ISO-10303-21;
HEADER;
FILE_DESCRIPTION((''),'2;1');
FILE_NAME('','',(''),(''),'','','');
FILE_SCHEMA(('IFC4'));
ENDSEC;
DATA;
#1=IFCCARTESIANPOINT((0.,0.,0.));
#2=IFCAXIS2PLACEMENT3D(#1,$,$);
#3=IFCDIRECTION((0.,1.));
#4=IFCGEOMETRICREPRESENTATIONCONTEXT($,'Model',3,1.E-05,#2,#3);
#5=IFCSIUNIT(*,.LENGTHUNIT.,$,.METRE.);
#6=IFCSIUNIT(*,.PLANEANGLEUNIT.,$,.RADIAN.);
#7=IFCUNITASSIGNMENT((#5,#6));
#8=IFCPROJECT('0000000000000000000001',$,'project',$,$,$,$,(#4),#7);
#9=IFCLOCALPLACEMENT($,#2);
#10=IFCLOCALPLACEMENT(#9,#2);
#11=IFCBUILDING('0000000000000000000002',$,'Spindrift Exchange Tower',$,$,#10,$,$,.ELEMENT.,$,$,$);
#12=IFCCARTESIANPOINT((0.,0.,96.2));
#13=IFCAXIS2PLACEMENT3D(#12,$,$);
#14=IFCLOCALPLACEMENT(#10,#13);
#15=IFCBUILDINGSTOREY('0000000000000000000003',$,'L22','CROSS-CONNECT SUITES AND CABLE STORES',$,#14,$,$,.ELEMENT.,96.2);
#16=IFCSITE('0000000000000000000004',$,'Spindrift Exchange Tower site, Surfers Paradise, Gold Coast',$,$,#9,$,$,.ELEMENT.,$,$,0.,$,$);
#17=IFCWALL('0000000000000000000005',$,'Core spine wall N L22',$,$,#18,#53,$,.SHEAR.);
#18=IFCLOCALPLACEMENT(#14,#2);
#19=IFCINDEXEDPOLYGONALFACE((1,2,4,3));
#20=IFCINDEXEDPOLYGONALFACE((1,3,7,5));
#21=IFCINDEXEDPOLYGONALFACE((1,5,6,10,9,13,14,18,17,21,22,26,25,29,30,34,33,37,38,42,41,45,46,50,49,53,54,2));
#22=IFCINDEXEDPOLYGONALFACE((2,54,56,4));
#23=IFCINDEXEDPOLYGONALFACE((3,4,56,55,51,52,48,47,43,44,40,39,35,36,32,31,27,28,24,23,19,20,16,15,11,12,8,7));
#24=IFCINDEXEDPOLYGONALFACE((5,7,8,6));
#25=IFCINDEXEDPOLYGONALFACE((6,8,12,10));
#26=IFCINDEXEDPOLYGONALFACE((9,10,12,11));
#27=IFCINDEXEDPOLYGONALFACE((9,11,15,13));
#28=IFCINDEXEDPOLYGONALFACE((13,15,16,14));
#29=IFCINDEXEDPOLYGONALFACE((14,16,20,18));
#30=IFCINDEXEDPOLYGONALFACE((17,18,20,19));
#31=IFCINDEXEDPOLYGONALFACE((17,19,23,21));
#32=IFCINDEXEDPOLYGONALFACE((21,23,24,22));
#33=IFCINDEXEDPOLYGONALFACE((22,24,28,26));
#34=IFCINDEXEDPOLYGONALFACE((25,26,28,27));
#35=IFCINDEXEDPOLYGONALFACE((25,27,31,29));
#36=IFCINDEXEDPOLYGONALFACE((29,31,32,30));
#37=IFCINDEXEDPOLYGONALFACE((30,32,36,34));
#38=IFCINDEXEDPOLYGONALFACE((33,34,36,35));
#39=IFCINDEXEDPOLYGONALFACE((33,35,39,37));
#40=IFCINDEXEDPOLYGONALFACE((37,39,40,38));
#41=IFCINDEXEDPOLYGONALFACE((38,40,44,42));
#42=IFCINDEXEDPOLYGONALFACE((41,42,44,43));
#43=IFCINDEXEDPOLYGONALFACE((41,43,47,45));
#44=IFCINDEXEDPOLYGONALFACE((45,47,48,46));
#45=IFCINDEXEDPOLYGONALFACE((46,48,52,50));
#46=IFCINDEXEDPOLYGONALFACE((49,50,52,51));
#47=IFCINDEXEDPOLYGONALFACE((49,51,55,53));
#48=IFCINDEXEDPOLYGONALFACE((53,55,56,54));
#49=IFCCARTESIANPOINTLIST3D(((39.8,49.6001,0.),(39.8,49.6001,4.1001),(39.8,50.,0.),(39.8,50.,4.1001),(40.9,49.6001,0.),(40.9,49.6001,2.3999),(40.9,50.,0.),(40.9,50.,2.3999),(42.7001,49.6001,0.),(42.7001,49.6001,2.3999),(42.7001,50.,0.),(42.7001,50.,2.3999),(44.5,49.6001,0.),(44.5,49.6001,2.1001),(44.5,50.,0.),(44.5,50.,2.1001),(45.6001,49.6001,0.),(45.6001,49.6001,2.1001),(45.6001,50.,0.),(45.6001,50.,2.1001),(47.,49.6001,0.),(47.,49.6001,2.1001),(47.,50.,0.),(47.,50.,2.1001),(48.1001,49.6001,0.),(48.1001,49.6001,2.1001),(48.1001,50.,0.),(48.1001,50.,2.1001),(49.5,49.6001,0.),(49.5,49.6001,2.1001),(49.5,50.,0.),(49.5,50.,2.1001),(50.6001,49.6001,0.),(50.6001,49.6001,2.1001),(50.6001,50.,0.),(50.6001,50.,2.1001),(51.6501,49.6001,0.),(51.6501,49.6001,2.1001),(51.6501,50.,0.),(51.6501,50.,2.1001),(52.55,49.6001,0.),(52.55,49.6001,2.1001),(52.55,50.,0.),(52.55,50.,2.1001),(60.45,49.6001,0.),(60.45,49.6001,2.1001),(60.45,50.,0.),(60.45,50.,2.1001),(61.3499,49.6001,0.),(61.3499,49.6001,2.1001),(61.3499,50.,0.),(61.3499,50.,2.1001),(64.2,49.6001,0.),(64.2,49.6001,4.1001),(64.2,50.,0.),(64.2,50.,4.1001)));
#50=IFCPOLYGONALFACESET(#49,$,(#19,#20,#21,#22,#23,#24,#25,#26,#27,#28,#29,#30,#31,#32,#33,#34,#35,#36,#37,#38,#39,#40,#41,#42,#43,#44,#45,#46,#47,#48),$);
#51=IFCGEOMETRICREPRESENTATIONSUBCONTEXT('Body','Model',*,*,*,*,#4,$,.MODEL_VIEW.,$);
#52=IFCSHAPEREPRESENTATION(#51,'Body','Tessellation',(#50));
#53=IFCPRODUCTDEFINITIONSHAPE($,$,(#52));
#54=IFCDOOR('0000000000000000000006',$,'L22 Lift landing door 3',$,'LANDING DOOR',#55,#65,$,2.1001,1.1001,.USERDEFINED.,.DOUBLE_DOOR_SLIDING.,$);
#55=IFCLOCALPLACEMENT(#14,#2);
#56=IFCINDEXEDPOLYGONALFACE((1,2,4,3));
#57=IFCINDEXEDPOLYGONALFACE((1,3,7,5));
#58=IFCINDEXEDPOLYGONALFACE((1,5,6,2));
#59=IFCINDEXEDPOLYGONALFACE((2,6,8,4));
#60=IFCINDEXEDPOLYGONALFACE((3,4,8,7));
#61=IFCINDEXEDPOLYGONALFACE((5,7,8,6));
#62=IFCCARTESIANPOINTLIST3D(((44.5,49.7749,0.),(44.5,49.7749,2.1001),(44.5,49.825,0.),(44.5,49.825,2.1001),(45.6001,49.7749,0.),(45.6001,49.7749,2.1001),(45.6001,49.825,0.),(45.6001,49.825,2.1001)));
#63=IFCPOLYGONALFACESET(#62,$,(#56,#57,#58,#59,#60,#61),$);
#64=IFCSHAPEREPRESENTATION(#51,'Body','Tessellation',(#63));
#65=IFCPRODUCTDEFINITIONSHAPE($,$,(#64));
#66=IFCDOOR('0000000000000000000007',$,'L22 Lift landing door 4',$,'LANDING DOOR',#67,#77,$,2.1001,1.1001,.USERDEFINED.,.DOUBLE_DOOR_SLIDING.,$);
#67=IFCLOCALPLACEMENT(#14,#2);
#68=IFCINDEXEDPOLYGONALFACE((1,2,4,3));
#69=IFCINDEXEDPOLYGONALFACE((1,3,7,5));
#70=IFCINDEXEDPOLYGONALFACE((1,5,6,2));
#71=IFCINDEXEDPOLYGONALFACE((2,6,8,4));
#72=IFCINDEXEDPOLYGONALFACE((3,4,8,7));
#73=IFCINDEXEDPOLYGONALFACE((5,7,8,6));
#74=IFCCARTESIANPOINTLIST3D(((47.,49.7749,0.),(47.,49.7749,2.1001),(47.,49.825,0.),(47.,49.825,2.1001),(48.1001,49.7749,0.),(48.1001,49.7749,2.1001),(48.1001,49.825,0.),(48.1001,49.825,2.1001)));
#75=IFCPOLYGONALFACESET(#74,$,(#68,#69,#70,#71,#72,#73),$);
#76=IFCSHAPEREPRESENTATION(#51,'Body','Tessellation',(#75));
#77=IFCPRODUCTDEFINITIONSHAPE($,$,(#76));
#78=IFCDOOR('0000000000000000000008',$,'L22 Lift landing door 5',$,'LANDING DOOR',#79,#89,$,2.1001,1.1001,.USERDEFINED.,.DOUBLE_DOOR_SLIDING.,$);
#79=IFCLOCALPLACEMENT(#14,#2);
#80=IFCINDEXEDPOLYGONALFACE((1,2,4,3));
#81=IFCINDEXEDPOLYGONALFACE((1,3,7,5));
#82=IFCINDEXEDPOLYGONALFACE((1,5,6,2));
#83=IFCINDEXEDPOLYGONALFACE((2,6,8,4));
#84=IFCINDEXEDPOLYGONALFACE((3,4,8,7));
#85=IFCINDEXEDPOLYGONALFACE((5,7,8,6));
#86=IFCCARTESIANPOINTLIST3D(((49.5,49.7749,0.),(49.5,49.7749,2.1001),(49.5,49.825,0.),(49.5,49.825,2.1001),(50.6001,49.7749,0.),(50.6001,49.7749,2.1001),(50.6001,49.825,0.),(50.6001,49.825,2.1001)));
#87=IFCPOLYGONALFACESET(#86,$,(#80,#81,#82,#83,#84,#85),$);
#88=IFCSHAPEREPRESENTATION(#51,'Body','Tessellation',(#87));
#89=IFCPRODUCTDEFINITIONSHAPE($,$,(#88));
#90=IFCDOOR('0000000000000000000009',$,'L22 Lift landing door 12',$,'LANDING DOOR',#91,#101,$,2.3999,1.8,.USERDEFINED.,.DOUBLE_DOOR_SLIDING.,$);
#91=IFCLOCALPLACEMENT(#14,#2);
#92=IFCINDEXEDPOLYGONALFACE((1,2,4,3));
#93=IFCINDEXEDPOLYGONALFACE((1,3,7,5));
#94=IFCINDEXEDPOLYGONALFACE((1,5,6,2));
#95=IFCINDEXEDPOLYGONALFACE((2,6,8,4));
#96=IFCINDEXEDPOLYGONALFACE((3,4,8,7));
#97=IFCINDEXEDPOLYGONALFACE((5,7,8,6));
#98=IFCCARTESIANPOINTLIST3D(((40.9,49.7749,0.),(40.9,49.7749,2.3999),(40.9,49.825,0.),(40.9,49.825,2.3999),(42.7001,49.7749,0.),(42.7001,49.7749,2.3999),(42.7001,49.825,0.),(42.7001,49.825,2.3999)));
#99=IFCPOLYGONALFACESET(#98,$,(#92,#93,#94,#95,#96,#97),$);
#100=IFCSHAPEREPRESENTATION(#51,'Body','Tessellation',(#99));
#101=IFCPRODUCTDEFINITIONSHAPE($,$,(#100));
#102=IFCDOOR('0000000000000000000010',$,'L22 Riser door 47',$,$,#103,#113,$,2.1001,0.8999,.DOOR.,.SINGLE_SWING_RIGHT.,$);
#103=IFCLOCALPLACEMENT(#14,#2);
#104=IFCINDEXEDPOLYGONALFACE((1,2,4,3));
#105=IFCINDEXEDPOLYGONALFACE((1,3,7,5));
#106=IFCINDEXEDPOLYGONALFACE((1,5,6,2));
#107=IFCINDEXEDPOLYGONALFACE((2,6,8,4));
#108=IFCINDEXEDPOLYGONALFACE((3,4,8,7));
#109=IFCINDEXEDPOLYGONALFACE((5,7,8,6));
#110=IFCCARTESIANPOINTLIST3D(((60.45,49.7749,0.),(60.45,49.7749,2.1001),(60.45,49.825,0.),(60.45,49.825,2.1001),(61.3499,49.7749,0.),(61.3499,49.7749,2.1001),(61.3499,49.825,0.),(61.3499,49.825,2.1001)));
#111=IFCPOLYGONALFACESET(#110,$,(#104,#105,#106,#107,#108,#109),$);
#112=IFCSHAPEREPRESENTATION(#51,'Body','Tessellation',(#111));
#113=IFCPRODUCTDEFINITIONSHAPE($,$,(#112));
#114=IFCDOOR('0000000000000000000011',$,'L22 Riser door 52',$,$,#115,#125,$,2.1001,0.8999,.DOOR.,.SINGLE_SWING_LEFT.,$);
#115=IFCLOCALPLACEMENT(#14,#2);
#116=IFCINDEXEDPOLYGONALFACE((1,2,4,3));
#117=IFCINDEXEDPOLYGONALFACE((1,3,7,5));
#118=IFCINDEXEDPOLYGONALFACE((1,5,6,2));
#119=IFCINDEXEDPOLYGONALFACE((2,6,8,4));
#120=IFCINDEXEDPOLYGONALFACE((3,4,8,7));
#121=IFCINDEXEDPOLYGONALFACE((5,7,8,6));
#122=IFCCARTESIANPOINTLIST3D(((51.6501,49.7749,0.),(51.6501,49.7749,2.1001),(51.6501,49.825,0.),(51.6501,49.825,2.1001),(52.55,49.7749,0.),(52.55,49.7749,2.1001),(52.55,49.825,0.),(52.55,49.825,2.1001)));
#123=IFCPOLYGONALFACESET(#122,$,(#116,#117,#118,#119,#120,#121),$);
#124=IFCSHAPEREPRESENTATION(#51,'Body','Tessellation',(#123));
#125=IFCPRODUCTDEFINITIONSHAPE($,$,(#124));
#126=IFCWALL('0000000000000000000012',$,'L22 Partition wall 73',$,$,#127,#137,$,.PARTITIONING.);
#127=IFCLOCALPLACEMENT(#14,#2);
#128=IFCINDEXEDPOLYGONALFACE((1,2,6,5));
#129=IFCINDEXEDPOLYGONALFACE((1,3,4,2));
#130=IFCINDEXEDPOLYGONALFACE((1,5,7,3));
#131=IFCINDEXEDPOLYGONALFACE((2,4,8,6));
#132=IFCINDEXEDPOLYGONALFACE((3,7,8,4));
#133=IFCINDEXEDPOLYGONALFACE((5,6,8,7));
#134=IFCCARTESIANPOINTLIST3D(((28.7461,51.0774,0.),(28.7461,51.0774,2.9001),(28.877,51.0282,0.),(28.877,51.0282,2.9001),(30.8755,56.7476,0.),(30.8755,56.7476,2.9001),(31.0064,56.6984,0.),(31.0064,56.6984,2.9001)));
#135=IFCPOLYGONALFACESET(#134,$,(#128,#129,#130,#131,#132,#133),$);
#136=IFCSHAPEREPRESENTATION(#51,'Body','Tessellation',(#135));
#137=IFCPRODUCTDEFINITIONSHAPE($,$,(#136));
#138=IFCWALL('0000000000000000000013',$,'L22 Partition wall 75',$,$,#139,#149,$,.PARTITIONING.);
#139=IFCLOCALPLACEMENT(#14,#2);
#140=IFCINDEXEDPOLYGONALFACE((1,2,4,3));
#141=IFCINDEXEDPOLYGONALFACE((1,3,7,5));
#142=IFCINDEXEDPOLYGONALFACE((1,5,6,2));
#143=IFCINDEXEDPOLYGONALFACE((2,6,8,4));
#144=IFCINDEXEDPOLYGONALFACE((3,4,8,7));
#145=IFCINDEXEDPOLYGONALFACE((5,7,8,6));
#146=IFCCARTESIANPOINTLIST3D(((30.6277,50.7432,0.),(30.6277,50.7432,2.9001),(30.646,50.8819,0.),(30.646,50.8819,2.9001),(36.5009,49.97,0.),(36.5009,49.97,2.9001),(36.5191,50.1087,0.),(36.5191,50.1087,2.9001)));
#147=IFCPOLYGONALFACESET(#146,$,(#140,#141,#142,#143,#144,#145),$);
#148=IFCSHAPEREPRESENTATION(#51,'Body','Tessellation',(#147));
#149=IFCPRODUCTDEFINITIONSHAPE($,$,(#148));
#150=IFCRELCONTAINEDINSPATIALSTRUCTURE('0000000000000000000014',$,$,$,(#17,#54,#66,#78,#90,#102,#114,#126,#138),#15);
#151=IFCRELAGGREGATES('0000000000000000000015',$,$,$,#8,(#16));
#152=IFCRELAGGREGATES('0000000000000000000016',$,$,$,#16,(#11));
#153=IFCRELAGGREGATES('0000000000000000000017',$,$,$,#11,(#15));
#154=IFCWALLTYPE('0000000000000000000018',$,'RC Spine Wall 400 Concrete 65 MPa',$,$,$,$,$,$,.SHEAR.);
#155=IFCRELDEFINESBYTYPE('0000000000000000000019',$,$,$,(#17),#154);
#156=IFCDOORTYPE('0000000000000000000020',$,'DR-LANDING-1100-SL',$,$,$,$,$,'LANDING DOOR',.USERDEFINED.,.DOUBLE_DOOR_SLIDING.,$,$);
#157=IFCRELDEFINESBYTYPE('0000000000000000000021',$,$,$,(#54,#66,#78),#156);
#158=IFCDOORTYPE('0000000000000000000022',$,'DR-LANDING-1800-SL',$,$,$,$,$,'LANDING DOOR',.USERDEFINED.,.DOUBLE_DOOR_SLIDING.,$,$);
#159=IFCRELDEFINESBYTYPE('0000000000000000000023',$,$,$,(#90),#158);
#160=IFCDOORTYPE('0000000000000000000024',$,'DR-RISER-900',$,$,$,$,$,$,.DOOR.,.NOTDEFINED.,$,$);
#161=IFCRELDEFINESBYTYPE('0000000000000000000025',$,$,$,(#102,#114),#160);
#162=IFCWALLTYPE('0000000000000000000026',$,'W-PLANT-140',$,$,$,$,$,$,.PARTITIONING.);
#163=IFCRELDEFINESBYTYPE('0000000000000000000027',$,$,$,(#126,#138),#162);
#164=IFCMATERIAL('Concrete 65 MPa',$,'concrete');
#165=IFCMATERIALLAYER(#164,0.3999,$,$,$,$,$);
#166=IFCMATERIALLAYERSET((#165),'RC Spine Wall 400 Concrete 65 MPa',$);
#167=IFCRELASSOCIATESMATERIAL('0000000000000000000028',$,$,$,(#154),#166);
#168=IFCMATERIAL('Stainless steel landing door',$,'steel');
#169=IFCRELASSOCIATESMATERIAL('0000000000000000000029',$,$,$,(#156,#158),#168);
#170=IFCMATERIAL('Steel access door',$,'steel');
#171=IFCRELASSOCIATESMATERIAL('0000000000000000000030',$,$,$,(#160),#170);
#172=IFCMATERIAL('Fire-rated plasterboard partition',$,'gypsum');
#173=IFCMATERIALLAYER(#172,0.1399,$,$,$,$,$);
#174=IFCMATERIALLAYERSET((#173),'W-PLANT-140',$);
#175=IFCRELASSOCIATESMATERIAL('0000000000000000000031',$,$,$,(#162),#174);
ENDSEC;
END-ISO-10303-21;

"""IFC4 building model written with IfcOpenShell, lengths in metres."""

from ifc_helpers import new_model, si_unit, direction, frame, frame_2d, origin, place, context, subcontext, project, spatial, rectangle, extrude, source, transform, mapped, material, layer, layer_set, type_object, element, fill, save


model = new_model("IFC4")

# Units and contexts
model_context = context("Model", 3, precision=1e-05, world=origin(), true_north=direction((0.0, 1.0)))
body_context = subcontext(model_context, "Body", "Model", "MODEL_VIEW")
ifc_project = project(units=[si_unit("LENGTHUNIT", "METRE"), si_unit("PLANEANGLEUNIT", "RADIAN")], contexts=[model_context])

# Site, building, storey
site_placement = place(None, origin())
site = spatial("IfcSite", under=ifc_project, at=site_placement, Name="Spindrift Exchange Tower site, Surfers Paradise, Gold Coast", CompositionType="ELEMENT", RefElevation=0.0)
building_placement = place(site_placement, origin())
building = spatial("IfcBuilding", under=site, at=building_placement, Name="Spindrift Exchange Tower", CompositionType="ELEMENT")
storey_placement = place(building_placement, frame((0.0, 0.0, 96.2)))
storey = spatial("IfcBuildingStorey", under=building, at=storey_placement, Name="L22", Description="CROSS-CONNECT SUITES AND CABLE STORES", CompositionType="ELEMENT", Elevation=96.2)

# Shared definitions
ifc_material_1 = material(Name="Concrete 65 MPa", Category="concrete")

# Wall, openings, doors
ifc_layer_1 = layer(ifc_material_1, 0.3999)
ifc_layer_set_1 = layer_set([ifc_layer_1], Name="RC Spine Wall 400 Concrete 65 MPa")
wall_type_1 = type_object("IfcWallType", Name="RC Spine Wall 400 Concrete 65 MPa", PredefinedType="SHEAR", material=ifc_layer_set_1)
wall_1_placement = place(storey_placement, frame((39.8, 49.8, 0.0), z_axis=(0.0, 0.0, 1.0), x_axis=(1.0, 0.0, 0.0)))
wall_1 = element("IfcWall", 1, at=wall_1_placement, inside=storey, type_object=wall_type_1, Name="Core spine wall N L22", PredefinedType="SHEAR", context=body_context, shape_type="SweptSolid", body=[
    extrude(rectangle(XDim=24.3999, YDim=0.3999, at=frame_2d((12.2, 0.0))), origin(), (0.0, 0.0, 1.0), 4.1001),
])
opening_1_placement = place(wall_1_placement, frame((4.7, 0.0, 0.0)))
opening_1 = element("IfcOpeningElement", 2, at=opening_1_placement, cuts=wall_1, PredefinedType="OPENING", context=body_context, shape_type="SweptSolid", body=[
    extrude(rectangle(XDim=1.1001, YDim=2.1001, at=frame_2d((0.55, 1.05))), frame((0.0, 0.21, 0.0), z_axis=(0.0, -1.0, 0.0), x_axis=(1.0, 0.0, 0.0)), (0.0, 0.0, 1.0), 0.4199),
])
opening_2_placement = place(wall_1_placement, frame((7.2, 0.0, 0.0)))
opening_2 = element("IfcOpeningElement", 3, at=opening_2_placement, cuts=wall_1, PredefinedType="OPENING", context=body_context, shape_type="SweptSolid", body=[
    extrude(rectangle(XDim=1.1001, YDim=2.1001, at=frame_2d((0.55, 1.05))), frame((0.0, 0.21, 0.0), z_axis=(0.0, -1.0, 0.0), x_axis=(1.0, 0.0, 0.0)), (0.0, 0.0, 1.0), 0.4199),
])
opening_3_placement = place(wall_1_placement, frame((9.7, 0.0, 0.0)))
opening_3 = element("IfcOpeningElement", 4, at=opening_3_placement, cuts=wall_1, PredefinedType="OPENING", context=body_context, shape_type="SweptSolid", body=[
    extrude(rectangle(XDim=1.1001, YDim=2.1001, at=frame_2d((0.55, 1.05))), frame((0.0, 0.21, 0.0), z_axis=(0.0, -1.0, 0.0), x_axis=(1.0, 0.0, 0.0)), (0.0, 0.0, 1.0), 0.4199),
])
opening_4_placement = place(wall_1_placement, frame((1.1001, 0.0, 0.0)))
opening_4 = element("IfcOpeningElement", 5, at=opening_4_placement, cuts=wall_1, PredefinedType="OPENING", context=body_context, shape_type="SweptSolid", body=[
    extrude(rectangle(XDim=1.8, YDim=2.3999, at=frame_2d((0.8999, 1.2))), frame((0.0, 0.21, 0.0), z_axis=(0.0, -1.0, 0.0), x_axis=(1.0, 0.0, 0.0)), (0.0, 0.0, 1.0), 0.4199),
])
opening_5_placement = place(wall_1_placement, frame((20.6499, 0.0, 0.0)))
opening_5 = element("IfcOpeningElement", 6, at=opening_5_placement, cuts=wall_1, PredefinedType="OPENING", context=body_context, shape_type="SweptSolid", body=[
    extrude(rectangle(XDim=0.8999, YDim=2.1001, at=frame_2d((0.45, 1.05))), frame((0.0, 0.21, 0.0), z_axis=(0.0, -1.0, 0.0), x_axis=(1.0, 0.0, 0.0)), (0.0, 0.0, 1.0), 0.4199),
])
opening_6_placement = place(wall_1_placement, frame((11.8501, 0.0, 0.0)))
opening_6 = element("IfcOpeningElement", 7, at=opening_6_placement, cuts=wall_1, PredefinedType="OPENING", context=body_context, shape_type="SweptSolid", body=[
    extrude(rectangle(XDim=0.8999, YDim=2.1001, at=frame_2d((0.45, 1.05))), frame((0.0, 0.21, 0.0), z_axis=(0.0, -1.0, 0.0), x_axis=(1.0, 0.0, 0.0)), (0.0, 0.0, 1.0), 0.4199),
])
ifc_material_2 = material(Name="Stainless steel landing door", Category="steel")
door_type_1 = type_object("IfcDoorType", Name="DR-LANDING-1100-SL", ElementType="LANDING DOOR", OperationType="DOUBLE_DOOR_SLIDING", PredefinedType="USERDEFINED", material=ifc_material_2)
shared_shape_1 = source(origin(), body_context, "Body", "SweptSolid", [
    extrude(rectangle(XDim=1.1001, YDim=2.1001, at=frame_2d((0.55, 1.05))), frame((0.0, 0.0249, 0.0), z_axis=(0.0, -1.0, 0.0), x_axis=(1.0, 0.0, 0.0)), (0.0, 0.0, 1.0), 0.05),
])
door_1_placement = place(opening_1_placement, origin())
door_1 = element("IfcDoor", 8, at=door_1_placement, inside=storey, type_object=door_type_1, Name="L22 Lift landing door 3", ObjectType="LANDING DOOR", OperationType="DOUBLE_DOOR_SLIDING", OverallHeight=2.1001, OverallWidth=1.1001, PredefinedType="USERDEFINED", context=body_context, shape_type="MappedRepresentation", body=[
    mapped(shared_shape_1, transform((0.0, 0.0, 0.0), scale=1.0)),
])
fill(opening_1, door_1)
door_2_placement = place(opening_2_placement, origin())
door_2 = element("IfcDoor", 9, at=door_2_placement, inside=storey, type_object=door_type_1, Name="L22 Lift landing door 4", ObjectType="LANDING DOOR", OperationType="DOUBLE_DOOR_SLIDING", OverallHeight=2.1001, OverallWidth=1.1001, PredefinedType="USERDEFINED", context=body_context, shape_type="MappedRepresentation", body=[
    mapped(shared_shape_1, transform((0.0, 0.0, 0.0), scale=1.0)),
])
fill(opening_2, door_2)
door_3_placement = place(opening_3_placement, origin())
door_3 = element("IfcDoor", 10, at=door_3_placement, inside=storey, type_object=door_type_1, Name="L22 Lift landing door 5", ObjectType="LANDING DOOR", OperationType="DOUBLE_DOOR_SLIDING", OverallHeight=2.1001, OverallWidth=1.1001, PredefinedType="USERDEFINED", context=body_context, shape_type="MappedRepresentation", body=[
    mapped(shared_shape_1, transform((0.0, 0.0, 0.0), scale=1.0)),
])
fill(opening_3, door_3)
door_type_2 = type_object("IfcDoorType", Name="DR-LANDING-1800-SL", ElementType="LANDING DOOR", OperationType="DOUBLE_DOOR_SLIDING", PredefinedType="USERDEFINED", material=ifc_material_2)
shared_shape_2 = source(origin(), body_context, "Body", "SweptSolid", [
    extrude(rectangle(XDim=1.8, YDim=2.3999, at=frame_2d((0.8999, 1.2))), frame((0.0, 0.0249, 0.0), z_axis=(0.0, -1.0, 0.0), x_axis=(1.0, 0.0, 0.0)), (0.0, 0.0, 1.0), 0.05),
])
door_4_placement = place(opening_4_placement, origin())
door_4 = element("IfcDoor", 11, at=door_4_placement, inside=storey, type_object=door_type_2, Name="L22 Lift landing door 12", ObjectType="LANDING DOOR", OperationType="DOUBLE_DOOR_SLIDING", OverallHeight=2.3999, OverallWidth=1.8, PredefinedType="USERDEFINED", context=body_context, shape_type="MappedRepresentation", body=[
    mapped(shared_shape_2, transform((0.0, 0.0, 0.0), scale=1.0)),
])
fill(opening_4, door_4)
ifc_material_3 = material(Name="Steel access door", Category="steel")
door_type_3 = type_object("IfcDoorType", Name="DR-RISER-900", OperationType="NOTDEFINED", PredefinedType="DOOR", material=ifc_material_3)
shared_shape_3 = source(origin(), body_context, "Body", "SweptSolid", [
    extrude(rectangle(XDim=0.8999, YDim=2.1001, at=frame_2d((0.45, 1.05))), frame((0.0, 0.0249, 0.0), z_axis=(0.0, -1.0, 0.0), x_axis=(1.0, 0.0, 0.0)), (0.0, 0.0, 1.0), 0.05),
])
door_5_placement = place(opening_5_placement, origin())
door_5 = element("IfcDoor", 12, at=door_5_placement, inside=storey, type_object=door_type_3, Name="L22 Riser door 47", OperationType="SINGLE_SWING_RIGHT", OverallHeight=2.1001, OverallWidth=0.8999, PredefinedType="DOOR", context=body_context, shape_type="MappedRepresentation", body=[
    mapped(shared_shape_3, transform((0.0, 0.0, 0.0), scale=1.0)),
])
fill(opening_5, door_5)
door_6_placement = place(opening_6_placement, origin())
door_6 = element("IfcDoor", 13, at=door_6_placement, inside=storey, type_object=door_type_3, Name="L22 Riser door 52", OperationType="SINGLE_SWING_LEFT", OverallHeight=2.1001, OverallWidth=0.8999, PredefinedType="DOOR", context=body_context, shape_type="MappedRepresentation", body=[
    mapped(shared_shape_3, transform((0.0, 0.0, 0.0), scale=1.0)),
])
fill(opening_6, door_6)

# Walls
ifc_material_4 = material(Name="Fire-rated plasterboard partition", Category="gypsum")
ifc_layer_2 = layer(ifc_material_4, 0.1399)
ifc_layer_set_2 = layer_set([ifc_layer_2], Name="W-PLANT-140")
wall_type_2 = type_object("IfcWallType", Name="W-PLANT-140", PredefinedType="PARTITIONING", material=ifc_layer_set_2)
wall_2_placement = place(storey_placement, frame((30.9409, 56.7229, 0.0), z_axis=(0.0, 0.0, 1.0), x_axis=(-0.35157, -0.936162, 0.0)))
element("IfcWall", 14, at=wall_2_placement, inside=storey, type_object=wall_type_2, Name="L22 Partition wall 73", PredefinedType="PARTITIONING", context=body_context, shape_type="SweptSolid", body=[
    extrude(rectangle(XDim=6.0569, YDim=0.1399, at=frame_2d((3.0283, 0.0))), origin(), (0.0, 0.0, 1.0), 2.9001),
])
wall_3_placement = place(storey_placement, frame((36.51, 50.0393, 0.0), z_axis=(0.0, 0.0, 1.0), x_axis=(-0.991445, 0.130525, 0.0)))
element("IfcWall", 15, at=wall_3_placement, inside=storey, type_object=wall_type_2, Name="L22 Partition wall 75", PredefinedType="PARTITIONING", context=body_context, shape_type="SweptSolid", body=[
    extrude(rectangle(XDim=5.9238, YDim=0.1399, at=frame_2d((2.9619, 0.0))), origin(), (0.0, 0.0, 1.0), 2.9001),
])

save(model, "model.ifc")
